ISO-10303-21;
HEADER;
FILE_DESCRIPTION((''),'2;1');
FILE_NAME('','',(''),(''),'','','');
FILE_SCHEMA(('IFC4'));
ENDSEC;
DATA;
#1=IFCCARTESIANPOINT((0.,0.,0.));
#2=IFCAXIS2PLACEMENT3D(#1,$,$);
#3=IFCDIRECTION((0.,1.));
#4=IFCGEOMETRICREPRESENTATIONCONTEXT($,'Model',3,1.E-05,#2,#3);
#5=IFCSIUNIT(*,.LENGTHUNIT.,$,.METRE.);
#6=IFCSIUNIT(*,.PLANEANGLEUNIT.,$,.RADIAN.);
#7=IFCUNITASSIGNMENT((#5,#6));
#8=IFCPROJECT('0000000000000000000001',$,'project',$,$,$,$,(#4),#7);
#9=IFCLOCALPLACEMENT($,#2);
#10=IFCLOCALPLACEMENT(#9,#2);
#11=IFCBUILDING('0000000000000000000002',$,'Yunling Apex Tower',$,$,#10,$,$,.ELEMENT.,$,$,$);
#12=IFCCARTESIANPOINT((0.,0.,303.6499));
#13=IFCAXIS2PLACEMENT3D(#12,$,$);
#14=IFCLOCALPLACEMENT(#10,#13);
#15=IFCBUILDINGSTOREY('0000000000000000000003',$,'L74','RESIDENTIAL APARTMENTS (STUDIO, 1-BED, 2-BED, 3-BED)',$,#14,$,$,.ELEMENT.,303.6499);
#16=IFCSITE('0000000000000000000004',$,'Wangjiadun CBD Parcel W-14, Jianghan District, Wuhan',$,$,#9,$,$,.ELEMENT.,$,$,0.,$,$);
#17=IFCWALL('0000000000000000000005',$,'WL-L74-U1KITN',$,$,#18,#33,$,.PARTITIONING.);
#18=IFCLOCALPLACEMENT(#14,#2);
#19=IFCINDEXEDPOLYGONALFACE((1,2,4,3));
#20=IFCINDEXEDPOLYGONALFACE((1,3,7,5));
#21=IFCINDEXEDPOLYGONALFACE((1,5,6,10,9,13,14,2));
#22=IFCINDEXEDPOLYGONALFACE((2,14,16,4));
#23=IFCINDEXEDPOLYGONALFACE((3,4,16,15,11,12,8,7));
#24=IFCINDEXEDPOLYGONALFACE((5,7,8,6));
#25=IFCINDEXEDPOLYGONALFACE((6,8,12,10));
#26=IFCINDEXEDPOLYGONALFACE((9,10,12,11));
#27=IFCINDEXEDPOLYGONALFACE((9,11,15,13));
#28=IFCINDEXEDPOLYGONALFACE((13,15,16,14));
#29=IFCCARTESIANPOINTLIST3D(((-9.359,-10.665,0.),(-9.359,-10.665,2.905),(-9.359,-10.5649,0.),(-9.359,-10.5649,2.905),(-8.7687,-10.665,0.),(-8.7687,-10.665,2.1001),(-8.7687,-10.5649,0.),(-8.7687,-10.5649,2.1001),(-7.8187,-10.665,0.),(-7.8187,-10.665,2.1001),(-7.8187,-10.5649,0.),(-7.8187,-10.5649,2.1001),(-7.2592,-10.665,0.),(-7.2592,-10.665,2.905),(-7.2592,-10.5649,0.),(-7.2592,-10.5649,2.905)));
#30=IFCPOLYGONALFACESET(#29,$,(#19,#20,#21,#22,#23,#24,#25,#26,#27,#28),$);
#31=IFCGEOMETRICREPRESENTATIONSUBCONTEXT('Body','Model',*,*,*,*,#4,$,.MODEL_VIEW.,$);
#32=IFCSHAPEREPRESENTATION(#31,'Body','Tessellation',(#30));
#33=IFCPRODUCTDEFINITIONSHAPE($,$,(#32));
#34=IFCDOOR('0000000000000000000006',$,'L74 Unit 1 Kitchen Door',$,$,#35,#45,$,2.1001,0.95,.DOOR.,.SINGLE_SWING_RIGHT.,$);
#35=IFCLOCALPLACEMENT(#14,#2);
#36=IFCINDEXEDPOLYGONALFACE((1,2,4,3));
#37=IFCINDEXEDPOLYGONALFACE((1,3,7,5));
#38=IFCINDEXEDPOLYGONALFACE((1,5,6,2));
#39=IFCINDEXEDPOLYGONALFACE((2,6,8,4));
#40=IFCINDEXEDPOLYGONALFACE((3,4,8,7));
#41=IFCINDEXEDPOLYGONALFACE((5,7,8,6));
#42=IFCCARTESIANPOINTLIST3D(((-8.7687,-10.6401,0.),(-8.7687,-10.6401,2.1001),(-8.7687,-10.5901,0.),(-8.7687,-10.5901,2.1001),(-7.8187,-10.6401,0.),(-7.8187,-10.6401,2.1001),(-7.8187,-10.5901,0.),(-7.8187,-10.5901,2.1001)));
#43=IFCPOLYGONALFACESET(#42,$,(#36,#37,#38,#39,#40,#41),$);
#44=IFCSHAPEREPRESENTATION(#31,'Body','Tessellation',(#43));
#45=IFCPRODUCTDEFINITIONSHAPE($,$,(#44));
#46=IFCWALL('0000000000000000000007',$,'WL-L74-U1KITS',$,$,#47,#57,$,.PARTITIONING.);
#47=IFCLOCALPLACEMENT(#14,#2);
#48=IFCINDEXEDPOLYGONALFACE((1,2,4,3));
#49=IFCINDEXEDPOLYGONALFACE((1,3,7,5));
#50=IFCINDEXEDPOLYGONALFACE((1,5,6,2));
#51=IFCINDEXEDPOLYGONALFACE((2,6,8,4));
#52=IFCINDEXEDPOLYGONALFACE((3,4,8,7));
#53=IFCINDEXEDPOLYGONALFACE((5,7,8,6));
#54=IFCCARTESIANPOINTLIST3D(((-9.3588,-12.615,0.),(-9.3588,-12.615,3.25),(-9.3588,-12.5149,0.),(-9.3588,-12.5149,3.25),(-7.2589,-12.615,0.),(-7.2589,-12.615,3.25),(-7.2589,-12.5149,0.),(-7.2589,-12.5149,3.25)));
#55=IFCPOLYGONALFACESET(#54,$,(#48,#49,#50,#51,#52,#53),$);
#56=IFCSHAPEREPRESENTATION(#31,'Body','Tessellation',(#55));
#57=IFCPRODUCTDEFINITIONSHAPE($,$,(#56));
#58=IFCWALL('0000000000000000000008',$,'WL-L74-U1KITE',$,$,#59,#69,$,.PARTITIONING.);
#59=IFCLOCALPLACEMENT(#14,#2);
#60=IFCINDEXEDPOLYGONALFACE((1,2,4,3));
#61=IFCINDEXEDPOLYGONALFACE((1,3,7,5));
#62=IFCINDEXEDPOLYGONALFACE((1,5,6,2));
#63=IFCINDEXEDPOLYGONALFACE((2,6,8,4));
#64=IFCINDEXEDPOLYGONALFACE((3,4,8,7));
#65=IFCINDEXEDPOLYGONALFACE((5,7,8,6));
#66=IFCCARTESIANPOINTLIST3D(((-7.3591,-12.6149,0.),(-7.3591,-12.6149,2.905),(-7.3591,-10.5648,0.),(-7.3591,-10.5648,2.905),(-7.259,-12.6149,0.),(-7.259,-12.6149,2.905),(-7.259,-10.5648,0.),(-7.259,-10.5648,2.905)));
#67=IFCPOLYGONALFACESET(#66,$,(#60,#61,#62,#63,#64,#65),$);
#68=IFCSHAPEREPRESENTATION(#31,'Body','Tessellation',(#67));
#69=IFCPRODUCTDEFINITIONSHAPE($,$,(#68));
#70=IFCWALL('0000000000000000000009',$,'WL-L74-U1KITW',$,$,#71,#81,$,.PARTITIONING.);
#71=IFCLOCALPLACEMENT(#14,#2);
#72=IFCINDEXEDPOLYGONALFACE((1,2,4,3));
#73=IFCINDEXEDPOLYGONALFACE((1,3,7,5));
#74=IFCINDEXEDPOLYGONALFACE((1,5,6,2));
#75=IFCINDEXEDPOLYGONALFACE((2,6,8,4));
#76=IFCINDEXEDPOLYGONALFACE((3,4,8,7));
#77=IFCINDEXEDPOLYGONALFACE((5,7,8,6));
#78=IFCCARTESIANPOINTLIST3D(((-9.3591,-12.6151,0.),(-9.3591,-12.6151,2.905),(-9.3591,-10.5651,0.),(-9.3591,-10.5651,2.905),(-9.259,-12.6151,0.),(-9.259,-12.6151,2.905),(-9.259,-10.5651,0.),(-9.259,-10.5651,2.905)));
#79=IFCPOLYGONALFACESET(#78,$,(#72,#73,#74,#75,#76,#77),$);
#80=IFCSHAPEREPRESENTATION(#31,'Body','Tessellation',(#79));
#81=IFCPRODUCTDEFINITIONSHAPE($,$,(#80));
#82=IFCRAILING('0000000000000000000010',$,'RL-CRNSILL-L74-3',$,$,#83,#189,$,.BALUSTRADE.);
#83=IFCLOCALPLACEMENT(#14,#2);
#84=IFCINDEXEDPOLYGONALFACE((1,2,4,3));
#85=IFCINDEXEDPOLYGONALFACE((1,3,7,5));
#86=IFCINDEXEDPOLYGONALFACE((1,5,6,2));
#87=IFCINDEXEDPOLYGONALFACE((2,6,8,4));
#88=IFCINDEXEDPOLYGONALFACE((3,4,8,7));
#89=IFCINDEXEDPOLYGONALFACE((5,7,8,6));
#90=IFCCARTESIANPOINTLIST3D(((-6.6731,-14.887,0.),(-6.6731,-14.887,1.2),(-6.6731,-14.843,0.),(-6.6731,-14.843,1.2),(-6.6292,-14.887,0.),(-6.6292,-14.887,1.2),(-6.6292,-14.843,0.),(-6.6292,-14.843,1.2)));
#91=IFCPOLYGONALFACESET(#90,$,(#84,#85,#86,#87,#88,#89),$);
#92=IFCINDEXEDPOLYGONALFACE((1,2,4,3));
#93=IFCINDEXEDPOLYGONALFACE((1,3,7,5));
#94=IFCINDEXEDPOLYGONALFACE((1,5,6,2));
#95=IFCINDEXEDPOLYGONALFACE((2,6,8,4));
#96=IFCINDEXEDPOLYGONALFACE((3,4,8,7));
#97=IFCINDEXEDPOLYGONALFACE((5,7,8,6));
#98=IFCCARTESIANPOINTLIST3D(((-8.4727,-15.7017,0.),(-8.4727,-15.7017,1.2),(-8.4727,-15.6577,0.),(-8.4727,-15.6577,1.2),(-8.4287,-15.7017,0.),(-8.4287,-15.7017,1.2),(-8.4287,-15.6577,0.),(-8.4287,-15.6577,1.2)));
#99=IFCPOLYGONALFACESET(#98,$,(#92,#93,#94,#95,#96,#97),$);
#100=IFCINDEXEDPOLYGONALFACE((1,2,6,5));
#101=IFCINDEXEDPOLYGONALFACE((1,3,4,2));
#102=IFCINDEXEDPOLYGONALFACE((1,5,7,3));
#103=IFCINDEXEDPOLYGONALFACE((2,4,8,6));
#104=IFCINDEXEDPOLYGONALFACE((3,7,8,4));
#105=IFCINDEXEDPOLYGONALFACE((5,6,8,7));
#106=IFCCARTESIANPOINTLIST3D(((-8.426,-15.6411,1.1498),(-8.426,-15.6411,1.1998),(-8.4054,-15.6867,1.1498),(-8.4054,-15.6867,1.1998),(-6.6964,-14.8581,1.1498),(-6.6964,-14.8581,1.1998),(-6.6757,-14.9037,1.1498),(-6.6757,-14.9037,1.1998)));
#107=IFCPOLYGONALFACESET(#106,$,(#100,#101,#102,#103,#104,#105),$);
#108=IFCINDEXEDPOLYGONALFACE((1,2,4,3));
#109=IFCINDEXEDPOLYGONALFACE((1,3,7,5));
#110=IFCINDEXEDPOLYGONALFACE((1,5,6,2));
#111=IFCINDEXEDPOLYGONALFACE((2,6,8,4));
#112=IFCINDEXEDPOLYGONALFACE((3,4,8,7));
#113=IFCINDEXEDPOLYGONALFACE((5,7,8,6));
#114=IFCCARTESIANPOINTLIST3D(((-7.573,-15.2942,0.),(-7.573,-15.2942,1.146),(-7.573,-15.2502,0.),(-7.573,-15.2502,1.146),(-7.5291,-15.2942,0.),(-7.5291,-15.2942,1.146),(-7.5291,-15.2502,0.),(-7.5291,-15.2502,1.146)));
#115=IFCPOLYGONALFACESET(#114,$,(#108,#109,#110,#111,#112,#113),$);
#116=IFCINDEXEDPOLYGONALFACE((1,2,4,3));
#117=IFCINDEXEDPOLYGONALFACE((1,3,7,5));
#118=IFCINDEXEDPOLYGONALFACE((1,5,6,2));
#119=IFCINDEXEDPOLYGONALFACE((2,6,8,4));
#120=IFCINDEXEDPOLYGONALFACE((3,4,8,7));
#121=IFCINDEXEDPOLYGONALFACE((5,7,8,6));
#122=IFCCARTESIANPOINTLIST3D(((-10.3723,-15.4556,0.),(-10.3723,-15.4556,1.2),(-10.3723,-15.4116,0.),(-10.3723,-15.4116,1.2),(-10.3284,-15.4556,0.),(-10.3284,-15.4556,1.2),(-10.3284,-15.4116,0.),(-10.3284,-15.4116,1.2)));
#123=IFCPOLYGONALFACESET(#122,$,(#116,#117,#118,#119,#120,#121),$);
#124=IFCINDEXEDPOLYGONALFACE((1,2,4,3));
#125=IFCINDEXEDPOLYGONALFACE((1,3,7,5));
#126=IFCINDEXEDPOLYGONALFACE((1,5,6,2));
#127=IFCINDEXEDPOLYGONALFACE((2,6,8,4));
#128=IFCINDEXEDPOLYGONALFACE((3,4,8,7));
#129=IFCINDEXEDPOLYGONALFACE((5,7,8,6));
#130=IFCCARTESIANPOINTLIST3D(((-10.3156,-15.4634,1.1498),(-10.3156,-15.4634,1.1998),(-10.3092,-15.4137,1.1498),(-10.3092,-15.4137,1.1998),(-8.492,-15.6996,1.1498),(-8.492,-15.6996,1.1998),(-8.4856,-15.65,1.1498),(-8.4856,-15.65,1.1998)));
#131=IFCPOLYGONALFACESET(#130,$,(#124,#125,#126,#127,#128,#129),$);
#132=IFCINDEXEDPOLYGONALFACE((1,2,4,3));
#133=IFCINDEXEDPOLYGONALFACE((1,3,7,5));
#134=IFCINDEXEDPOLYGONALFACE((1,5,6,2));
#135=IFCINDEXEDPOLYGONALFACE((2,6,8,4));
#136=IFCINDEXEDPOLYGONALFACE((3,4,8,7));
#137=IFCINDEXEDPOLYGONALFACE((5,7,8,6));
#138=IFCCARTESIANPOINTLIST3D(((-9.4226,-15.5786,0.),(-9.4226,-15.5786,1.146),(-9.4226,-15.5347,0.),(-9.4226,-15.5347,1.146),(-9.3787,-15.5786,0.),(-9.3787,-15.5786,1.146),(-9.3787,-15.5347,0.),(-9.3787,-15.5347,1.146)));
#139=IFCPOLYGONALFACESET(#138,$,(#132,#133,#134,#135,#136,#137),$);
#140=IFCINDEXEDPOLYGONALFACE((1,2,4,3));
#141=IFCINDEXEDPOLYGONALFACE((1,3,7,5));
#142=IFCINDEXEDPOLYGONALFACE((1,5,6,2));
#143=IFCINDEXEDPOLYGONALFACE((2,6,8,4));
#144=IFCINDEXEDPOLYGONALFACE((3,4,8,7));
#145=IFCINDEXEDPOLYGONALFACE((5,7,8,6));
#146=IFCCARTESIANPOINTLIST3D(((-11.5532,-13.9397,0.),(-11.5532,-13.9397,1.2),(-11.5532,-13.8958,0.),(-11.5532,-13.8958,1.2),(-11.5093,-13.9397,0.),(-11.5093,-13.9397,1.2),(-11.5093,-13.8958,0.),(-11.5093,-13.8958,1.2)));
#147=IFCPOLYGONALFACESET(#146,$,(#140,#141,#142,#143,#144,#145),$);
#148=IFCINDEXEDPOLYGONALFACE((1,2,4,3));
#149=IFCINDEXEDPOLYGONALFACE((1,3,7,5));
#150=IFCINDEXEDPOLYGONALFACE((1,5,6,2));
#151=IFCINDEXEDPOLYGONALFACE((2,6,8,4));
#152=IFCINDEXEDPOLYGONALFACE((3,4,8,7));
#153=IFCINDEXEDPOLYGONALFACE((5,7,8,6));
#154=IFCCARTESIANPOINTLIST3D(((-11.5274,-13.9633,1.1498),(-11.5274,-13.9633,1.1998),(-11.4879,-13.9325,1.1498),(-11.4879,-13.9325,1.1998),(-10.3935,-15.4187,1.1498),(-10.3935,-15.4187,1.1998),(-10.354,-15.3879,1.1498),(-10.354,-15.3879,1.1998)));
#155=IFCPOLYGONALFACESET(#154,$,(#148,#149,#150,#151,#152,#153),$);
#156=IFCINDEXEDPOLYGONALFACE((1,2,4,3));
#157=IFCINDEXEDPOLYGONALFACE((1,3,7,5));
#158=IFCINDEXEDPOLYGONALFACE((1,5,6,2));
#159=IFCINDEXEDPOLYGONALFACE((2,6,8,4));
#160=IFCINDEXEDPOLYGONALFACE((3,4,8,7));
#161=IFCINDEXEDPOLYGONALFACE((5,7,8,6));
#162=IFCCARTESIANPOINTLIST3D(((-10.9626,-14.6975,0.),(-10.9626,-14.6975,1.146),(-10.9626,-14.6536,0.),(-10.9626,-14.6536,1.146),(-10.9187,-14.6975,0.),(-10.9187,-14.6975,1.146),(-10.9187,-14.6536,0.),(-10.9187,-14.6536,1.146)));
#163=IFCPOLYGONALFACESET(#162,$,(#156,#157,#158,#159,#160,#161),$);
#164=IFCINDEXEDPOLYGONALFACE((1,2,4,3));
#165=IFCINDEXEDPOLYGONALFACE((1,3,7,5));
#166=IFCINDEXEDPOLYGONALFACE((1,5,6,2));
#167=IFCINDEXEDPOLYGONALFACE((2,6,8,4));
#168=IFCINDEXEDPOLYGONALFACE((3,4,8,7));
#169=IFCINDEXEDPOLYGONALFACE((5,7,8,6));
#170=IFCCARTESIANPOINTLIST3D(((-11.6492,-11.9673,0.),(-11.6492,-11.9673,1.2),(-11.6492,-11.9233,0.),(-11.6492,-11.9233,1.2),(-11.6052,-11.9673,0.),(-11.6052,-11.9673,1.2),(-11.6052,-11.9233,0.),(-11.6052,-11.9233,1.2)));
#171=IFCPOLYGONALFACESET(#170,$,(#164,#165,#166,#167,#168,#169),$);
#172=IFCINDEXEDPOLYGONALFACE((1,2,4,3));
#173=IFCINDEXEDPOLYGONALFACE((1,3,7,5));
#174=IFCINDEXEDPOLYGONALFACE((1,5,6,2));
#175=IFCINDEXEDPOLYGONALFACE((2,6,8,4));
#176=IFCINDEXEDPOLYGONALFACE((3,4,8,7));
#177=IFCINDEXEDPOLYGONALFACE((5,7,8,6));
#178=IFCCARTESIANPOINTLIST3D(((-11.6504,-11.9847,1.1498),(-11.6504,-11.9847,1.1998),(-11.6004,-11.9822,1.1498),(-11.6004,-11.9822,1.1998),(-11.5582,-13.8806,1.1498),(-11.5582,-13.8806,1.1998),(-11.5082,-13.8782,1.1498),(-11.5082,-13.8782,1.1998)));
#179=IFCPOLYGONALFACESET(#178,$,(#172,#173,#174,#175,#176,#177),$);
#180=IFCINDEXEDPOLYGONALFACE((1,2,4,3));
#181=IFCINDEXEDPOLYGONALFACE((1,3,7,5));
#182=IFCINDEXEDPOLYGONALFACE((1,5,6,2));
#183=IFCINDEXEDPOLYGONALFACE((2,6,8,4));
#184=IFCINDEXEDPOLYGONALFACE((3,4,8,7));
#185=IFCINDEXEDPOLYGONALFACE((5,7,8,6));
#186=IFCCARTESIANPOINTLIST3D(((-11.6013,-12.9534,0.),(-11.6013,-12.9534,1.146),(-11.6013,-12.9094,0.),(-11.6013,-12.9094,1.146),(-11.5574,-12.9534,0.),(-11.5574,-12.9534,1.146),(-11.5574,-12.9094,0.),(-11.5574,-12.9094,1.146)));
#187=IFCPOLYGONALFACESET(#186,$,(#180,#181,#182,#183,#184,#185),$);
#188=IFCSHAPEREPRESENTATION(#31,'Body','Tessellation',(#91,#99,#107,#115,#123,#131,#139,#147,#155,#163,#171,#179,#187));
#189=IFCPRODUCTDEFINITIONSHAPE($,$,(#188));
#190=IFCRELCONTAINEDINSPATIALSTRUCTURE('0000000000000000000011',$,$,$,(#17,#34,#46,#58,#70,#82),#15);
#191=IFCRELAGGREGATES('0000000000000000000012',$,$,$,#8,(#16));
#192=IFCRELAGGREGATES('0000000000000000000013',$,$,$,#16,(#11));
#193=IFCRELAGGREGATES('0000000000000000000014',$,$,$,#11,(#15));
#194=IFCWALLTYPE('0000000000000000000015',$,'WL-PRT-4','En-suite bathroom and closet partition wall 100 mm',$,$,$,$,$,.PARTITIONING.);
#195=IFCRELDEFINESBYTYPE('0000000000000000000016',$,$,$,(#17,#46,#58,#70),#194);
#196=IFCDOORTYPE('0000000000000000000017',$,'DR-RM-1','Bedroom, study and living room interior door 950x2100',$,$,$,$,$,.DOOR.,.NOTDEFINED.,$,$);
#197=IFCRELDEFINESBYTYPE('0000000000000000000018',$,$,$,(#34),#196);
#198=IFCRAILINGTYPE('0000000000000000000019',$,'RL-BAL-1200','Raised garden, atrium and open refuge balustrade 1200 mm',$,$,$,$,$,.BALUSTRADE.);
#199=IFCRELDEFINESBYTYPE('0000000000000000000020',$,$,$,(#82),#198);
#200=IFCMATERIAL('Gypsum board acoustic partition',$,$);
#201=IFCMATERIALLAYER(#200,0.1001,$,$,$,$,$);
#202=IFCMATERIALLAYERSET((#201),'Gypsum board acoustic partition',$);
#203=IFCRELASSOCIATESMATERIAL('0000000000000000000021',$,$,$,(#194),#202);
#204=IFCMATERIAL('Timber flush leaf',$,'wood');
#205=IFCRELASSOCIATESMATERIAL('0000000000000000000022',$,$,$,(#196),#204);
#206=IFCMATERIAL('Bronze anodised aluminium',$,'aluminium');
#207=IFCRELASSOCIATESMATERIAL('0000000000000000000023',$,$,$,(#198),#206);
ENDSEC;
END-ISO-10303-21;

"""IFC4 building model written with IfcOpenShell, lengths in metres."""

from ifc_helpers import new_model, si_unit, direction, frame, frame_2d, origin, origin_2d, place, context, subcontext, project, spatial, rectangle, extrude, material, layer, layer_set, type_object, element, fill, save


model = new_model("IFC4")

# Units and contexts
model_context = context("Model", 3, precision=1e-05, world=origin(), true_north=direction((0.0, 1.0)))
body_context = subcontext(model_context, "Body", "Model", "MODEL_VIEW")
ifc_project = project(units=[si_unit("LENGTHUNIT", "METRE"), si_unit("PLANEANGLEUNIT", "RADIAN")], contexts=[model_context])

# Site, building, storey
site_placement = place(None, origin())
site = spatial("IfcSite", under=ifc_project, at=site_placement, Name="Wangjiadun CBD Parcel W-14, Jianghan District, Wuhan", CompositionType="ELEMENT", RefElevation=0.0)
building_placement = place(site_placement, origin())
building = spatial("IfcBuilding", under=site, at=building_placement, Name="Yunling Apex Tower", CompositionType="ELEMENT")
storey_placement = place(building_placement, frame((0.0, 0.0, 303.6499)))
storey = spatial("IfcBuildingStorey", under=building, at=storey_placement, Name="L74", Description="RESIDENTIAL APARTMENTS (STUDIO, 1-BED, 2-BED, 3-BED)", CompositionType="ELEMENT", Elevation=303.6499)

# Shared definitions
ifc_material_1 = material(Name="Bronze anodised aluminium", Category="aluminium")

# Shared definitions
ifc_material_2 = material(Name="Gypsum board acoustic partition")
ifc_layer_1 = layer(ifc_material_2, 0.1001)
ifc_layer_set_1 = layer_set([ifc_layer_1], Name="Gypsum board acoustic partition")
wall_type = type_object("IfcWallType", Name="WL-PRT-4", Description="En-suite bathroom and closet partition wall 100 mm", PredefinedType="PARTITIONING", material=ifc_layer_set_1)

# Wall, opening, door
wall_1_placement = place(storey_placement, frame((-9.3589, -10.615, 0.0), z_axis=(0.0, 0.0, 1.0), x_axis=(1.0, 0.0, 0.0)))
wall_1 = element("IfcWall", 1, at=wall_1_placement, inside=storey, type_object=wall_type, Name="WL-L74-U1KITN", PredefinedType="PARTITIONING", context=body_context, shape_type="SweptSolid", body=[
    extrude(rectangle(XDim=2.0999, YDim=0.1001, at=frame_2d((1.0498, 0.0))), origin(), (0.0, 0.0, 1.0), 2.905),
])
opening_1_placement = place(wall_1_placement, frame((0.5901, 0.0, 0.0)))
opening_1 = element("IfcOpeningElement", 2, at=opening_1_placement, cuts=wall_1, PredefinedType="OPENING", context=body_context, shape_type="SweptSolid", body=[
    extrude(rectangle(XDim=0.95, YDim=2.1001, at=frame_2d((0.4751, 1.05))), frame((0.0, 0.0601, 0.0), z_axis=(0.0, -1.0, 0.0), x_axis=(1.0, 0.0, 0.0)), (0.0, 0.0, 1.0), 0.1201),
])
ifc_material_3 = material(Name="Timber flush leaf", Category="wood")
door_type_1 = type_object("IfcDoorType", Name="DR-RM-1", Description="Bedroom, study and living room interior door 950x2100", OperationType="NOTDEFINED", PredefinedType="DOOR", material=ifc_material_3)
door_1_placement = place(opening_1_placement, origin())
door_1 = element("IfcDoor", 3, at=door_1_placement, inside=storey, type_object=door_type_1, Name="L74 Unit 1 Kitchen Door", OperationType="SINGLE_SWING_RIGHT", OverallHeight=2.1001, OverallWidth=0.95, PredefinedType="DOOR", context=body_context, shape_type="SweptSolid", body=[
    extrude(rectangle(XDim=0.95, YDim=2.1001, at=frame_2d((0.4751, 1.05))), frame((0.0, 0.0249, 0.0), z_axis=(0.0, -1.0, 0.0), x_axis=(1.0, 0.0, 0.0)), (0.0, 0.0, 1.0), 0.05),
])
fill(opening_1, door_1)

# Walls
wall_2_placement = place(storey_placement, frame((-7.259, -12.5649, 0.0), z_axis=(0.0, 0.0, 1.0), x_axis=(-1.0, 0.0, 0.0)))
element("IfcWall", 4, at=wall_2_placement, inside=storey, type_object=wall_type, Name="WL-L74-U1KITS", PredefinedType="PARTITIONING", context=body_context, shape_type="SweptSolid", body=[
    extrude(rectangle(XDim=2.0999, YDim=0.1001, at=frame_2d((1.0498, 0.0))), origin(), (0.0, 0.0, 1.0), 3.25),
])
for number, where, z_axis, x_axis, name in (
    (5, (-7.3091, -10.5649, 0.0), (0.0, 0.0, 1.0), (0.0, -1.0, 0.0), "WL-L74-U1KITE"),
    (6, (-9.3091, -12.615, 0.0), (0.0, 0.0, 1.0), (0.0, 1.0, 0.0), "WL-L74-U1KITW"),
):
    element("IfcWall", number, at=place(storey_placement, frame(where, z_axis=z_axis, x_axis=x_axis)), inside=storey, type_object=wall_type, Name=name, PredefinedType="PARTITIONING", context=body_context, shape_type="SweptSolid", body=[
        extrude(rectangle(XDim=2.05, YDim=0.1001, at=frame_2d((1.0249, 0.0))), origin(), (0.0, 0.0, 1.0), 2.905),
    ])

# Railing
railing_type = type_object("IfcRailingType", Name="RL-BAL-1200", Description="Raised garden, atrium and open refuge balustrade 1200 mm", PredefinedType="BALUSTRADE", material=ifc_material_1)
railing_placement = place(storey_placement, frame((-6.6511, -14.865, 0.0)))
element("IfcRailing", 7, at=railing_placement, inside=storey, type_object=railing_type, Name="RL-CRNSILL-L74-3", PredefinedType="BALUSTRADE", context=body_context, shape_type="SweptSolid", body=[
    extrude(rectangle(XDim=0.0439, YDim=0.0439, at=origin_2d()), origin(), (0.0, 0.0, 1.0), 1.2),
    extrude(rectangle(XDim=0.0439, YDim=0.0439, at=origin_2d()), frame((-1.7996, -0.8147, 0.0)), (0.0, 0.0, 1.0), 1.2),
    extrude(rectangle(XDim=0.05, YDim=0.05, at=origin_2d()), frame((-0.0349, -0.0159, 1.1748), z_axis=(-0.910992, -0.412424, 0.0), x_axis=(0.412424, -0.910992, 0.0)), (0.0, 0.0, 1.0), 1.8987),
    extrude(rectangle(XDim=0.0439, YDim=0.0439, at=origin_2d()), frame((-0.8999, -0.4072, 0.0)), (0.0, 0.0, 1.0), 1.146),
    extrude(rectangle(XDim=0.0439, YDim=0.0439, at=origin_2d()), frame((-3.6992, -0.5686, 0.0)), (0.0, 0.0, 1.0), 1.2),
    extrude(rectangle(XDim=0.05, YDim=0.05, at=origin_2d()), frame((-1.8376, -0.8098, 1.1748), z_axis=(-0.991713, 0.128473, 0.0), x_axis=(-0.128473, -0.991713, 0.0)), (0.0, 0.0, 1.0), 1.8389),
    extrude(rectangle(XDim=0.0439, YDim=0.0439, at=origin_2d()), frame((-2.7495, -0.6917, 0.0)), (0.0, 0.0, 1.0), 1.146),
    extrude(rectangle(XDim=0.0439, YDim=0.0439, at=origin_2d()), frame((-4.8801, 0.9473, 0.0)), (0.0, 0.0, 1.0), 1.2),
    extrude(rectangle(XDim=0.05, YDim=0.05, at=origin_2d()), frame((-3.7227, -0.5383, 1.1748), z_axis=(-0.614556, 0.788873, 0.0), x_axis=(-0.788873, -0.614556, 0.0)), (0.0, 0.0, 1.0), 1.845),
    extrude(rectangle(XDim=0.0439, YDim=0.0439, at=origin_2d()), frame((-4.2896, 0.1895, 0.0)), (0.0, 0.0, 1.0), 1.146),
    extrude(rectangle(XDim=0.0439, YDim=0.0439, at=origin_2d()), frame((-4.9761, 2.9197, 0.0)), (0.0, 0.0, 1.0), 1.2),
    extrude(rectangle(XDim=0.05, YDim=0.05, at=origin_2d()), frame((-4.8821, 0.9856, 1.1748), z_axis=(-0.048587, 0.998819, 0.0), x_axis=(-0.998819, -0.048587, 0.0)), (0.0, 0.0, 1.0), 1.8982),
    extrude(rectangle(XDim=0.0439, YDim=0.0439, at=origin_2d()), frame((-4.9282, 1.9336, 0.0)), (0.0, 0.0, 1.0), 1.146),
])

save(model, "model.ifc")
